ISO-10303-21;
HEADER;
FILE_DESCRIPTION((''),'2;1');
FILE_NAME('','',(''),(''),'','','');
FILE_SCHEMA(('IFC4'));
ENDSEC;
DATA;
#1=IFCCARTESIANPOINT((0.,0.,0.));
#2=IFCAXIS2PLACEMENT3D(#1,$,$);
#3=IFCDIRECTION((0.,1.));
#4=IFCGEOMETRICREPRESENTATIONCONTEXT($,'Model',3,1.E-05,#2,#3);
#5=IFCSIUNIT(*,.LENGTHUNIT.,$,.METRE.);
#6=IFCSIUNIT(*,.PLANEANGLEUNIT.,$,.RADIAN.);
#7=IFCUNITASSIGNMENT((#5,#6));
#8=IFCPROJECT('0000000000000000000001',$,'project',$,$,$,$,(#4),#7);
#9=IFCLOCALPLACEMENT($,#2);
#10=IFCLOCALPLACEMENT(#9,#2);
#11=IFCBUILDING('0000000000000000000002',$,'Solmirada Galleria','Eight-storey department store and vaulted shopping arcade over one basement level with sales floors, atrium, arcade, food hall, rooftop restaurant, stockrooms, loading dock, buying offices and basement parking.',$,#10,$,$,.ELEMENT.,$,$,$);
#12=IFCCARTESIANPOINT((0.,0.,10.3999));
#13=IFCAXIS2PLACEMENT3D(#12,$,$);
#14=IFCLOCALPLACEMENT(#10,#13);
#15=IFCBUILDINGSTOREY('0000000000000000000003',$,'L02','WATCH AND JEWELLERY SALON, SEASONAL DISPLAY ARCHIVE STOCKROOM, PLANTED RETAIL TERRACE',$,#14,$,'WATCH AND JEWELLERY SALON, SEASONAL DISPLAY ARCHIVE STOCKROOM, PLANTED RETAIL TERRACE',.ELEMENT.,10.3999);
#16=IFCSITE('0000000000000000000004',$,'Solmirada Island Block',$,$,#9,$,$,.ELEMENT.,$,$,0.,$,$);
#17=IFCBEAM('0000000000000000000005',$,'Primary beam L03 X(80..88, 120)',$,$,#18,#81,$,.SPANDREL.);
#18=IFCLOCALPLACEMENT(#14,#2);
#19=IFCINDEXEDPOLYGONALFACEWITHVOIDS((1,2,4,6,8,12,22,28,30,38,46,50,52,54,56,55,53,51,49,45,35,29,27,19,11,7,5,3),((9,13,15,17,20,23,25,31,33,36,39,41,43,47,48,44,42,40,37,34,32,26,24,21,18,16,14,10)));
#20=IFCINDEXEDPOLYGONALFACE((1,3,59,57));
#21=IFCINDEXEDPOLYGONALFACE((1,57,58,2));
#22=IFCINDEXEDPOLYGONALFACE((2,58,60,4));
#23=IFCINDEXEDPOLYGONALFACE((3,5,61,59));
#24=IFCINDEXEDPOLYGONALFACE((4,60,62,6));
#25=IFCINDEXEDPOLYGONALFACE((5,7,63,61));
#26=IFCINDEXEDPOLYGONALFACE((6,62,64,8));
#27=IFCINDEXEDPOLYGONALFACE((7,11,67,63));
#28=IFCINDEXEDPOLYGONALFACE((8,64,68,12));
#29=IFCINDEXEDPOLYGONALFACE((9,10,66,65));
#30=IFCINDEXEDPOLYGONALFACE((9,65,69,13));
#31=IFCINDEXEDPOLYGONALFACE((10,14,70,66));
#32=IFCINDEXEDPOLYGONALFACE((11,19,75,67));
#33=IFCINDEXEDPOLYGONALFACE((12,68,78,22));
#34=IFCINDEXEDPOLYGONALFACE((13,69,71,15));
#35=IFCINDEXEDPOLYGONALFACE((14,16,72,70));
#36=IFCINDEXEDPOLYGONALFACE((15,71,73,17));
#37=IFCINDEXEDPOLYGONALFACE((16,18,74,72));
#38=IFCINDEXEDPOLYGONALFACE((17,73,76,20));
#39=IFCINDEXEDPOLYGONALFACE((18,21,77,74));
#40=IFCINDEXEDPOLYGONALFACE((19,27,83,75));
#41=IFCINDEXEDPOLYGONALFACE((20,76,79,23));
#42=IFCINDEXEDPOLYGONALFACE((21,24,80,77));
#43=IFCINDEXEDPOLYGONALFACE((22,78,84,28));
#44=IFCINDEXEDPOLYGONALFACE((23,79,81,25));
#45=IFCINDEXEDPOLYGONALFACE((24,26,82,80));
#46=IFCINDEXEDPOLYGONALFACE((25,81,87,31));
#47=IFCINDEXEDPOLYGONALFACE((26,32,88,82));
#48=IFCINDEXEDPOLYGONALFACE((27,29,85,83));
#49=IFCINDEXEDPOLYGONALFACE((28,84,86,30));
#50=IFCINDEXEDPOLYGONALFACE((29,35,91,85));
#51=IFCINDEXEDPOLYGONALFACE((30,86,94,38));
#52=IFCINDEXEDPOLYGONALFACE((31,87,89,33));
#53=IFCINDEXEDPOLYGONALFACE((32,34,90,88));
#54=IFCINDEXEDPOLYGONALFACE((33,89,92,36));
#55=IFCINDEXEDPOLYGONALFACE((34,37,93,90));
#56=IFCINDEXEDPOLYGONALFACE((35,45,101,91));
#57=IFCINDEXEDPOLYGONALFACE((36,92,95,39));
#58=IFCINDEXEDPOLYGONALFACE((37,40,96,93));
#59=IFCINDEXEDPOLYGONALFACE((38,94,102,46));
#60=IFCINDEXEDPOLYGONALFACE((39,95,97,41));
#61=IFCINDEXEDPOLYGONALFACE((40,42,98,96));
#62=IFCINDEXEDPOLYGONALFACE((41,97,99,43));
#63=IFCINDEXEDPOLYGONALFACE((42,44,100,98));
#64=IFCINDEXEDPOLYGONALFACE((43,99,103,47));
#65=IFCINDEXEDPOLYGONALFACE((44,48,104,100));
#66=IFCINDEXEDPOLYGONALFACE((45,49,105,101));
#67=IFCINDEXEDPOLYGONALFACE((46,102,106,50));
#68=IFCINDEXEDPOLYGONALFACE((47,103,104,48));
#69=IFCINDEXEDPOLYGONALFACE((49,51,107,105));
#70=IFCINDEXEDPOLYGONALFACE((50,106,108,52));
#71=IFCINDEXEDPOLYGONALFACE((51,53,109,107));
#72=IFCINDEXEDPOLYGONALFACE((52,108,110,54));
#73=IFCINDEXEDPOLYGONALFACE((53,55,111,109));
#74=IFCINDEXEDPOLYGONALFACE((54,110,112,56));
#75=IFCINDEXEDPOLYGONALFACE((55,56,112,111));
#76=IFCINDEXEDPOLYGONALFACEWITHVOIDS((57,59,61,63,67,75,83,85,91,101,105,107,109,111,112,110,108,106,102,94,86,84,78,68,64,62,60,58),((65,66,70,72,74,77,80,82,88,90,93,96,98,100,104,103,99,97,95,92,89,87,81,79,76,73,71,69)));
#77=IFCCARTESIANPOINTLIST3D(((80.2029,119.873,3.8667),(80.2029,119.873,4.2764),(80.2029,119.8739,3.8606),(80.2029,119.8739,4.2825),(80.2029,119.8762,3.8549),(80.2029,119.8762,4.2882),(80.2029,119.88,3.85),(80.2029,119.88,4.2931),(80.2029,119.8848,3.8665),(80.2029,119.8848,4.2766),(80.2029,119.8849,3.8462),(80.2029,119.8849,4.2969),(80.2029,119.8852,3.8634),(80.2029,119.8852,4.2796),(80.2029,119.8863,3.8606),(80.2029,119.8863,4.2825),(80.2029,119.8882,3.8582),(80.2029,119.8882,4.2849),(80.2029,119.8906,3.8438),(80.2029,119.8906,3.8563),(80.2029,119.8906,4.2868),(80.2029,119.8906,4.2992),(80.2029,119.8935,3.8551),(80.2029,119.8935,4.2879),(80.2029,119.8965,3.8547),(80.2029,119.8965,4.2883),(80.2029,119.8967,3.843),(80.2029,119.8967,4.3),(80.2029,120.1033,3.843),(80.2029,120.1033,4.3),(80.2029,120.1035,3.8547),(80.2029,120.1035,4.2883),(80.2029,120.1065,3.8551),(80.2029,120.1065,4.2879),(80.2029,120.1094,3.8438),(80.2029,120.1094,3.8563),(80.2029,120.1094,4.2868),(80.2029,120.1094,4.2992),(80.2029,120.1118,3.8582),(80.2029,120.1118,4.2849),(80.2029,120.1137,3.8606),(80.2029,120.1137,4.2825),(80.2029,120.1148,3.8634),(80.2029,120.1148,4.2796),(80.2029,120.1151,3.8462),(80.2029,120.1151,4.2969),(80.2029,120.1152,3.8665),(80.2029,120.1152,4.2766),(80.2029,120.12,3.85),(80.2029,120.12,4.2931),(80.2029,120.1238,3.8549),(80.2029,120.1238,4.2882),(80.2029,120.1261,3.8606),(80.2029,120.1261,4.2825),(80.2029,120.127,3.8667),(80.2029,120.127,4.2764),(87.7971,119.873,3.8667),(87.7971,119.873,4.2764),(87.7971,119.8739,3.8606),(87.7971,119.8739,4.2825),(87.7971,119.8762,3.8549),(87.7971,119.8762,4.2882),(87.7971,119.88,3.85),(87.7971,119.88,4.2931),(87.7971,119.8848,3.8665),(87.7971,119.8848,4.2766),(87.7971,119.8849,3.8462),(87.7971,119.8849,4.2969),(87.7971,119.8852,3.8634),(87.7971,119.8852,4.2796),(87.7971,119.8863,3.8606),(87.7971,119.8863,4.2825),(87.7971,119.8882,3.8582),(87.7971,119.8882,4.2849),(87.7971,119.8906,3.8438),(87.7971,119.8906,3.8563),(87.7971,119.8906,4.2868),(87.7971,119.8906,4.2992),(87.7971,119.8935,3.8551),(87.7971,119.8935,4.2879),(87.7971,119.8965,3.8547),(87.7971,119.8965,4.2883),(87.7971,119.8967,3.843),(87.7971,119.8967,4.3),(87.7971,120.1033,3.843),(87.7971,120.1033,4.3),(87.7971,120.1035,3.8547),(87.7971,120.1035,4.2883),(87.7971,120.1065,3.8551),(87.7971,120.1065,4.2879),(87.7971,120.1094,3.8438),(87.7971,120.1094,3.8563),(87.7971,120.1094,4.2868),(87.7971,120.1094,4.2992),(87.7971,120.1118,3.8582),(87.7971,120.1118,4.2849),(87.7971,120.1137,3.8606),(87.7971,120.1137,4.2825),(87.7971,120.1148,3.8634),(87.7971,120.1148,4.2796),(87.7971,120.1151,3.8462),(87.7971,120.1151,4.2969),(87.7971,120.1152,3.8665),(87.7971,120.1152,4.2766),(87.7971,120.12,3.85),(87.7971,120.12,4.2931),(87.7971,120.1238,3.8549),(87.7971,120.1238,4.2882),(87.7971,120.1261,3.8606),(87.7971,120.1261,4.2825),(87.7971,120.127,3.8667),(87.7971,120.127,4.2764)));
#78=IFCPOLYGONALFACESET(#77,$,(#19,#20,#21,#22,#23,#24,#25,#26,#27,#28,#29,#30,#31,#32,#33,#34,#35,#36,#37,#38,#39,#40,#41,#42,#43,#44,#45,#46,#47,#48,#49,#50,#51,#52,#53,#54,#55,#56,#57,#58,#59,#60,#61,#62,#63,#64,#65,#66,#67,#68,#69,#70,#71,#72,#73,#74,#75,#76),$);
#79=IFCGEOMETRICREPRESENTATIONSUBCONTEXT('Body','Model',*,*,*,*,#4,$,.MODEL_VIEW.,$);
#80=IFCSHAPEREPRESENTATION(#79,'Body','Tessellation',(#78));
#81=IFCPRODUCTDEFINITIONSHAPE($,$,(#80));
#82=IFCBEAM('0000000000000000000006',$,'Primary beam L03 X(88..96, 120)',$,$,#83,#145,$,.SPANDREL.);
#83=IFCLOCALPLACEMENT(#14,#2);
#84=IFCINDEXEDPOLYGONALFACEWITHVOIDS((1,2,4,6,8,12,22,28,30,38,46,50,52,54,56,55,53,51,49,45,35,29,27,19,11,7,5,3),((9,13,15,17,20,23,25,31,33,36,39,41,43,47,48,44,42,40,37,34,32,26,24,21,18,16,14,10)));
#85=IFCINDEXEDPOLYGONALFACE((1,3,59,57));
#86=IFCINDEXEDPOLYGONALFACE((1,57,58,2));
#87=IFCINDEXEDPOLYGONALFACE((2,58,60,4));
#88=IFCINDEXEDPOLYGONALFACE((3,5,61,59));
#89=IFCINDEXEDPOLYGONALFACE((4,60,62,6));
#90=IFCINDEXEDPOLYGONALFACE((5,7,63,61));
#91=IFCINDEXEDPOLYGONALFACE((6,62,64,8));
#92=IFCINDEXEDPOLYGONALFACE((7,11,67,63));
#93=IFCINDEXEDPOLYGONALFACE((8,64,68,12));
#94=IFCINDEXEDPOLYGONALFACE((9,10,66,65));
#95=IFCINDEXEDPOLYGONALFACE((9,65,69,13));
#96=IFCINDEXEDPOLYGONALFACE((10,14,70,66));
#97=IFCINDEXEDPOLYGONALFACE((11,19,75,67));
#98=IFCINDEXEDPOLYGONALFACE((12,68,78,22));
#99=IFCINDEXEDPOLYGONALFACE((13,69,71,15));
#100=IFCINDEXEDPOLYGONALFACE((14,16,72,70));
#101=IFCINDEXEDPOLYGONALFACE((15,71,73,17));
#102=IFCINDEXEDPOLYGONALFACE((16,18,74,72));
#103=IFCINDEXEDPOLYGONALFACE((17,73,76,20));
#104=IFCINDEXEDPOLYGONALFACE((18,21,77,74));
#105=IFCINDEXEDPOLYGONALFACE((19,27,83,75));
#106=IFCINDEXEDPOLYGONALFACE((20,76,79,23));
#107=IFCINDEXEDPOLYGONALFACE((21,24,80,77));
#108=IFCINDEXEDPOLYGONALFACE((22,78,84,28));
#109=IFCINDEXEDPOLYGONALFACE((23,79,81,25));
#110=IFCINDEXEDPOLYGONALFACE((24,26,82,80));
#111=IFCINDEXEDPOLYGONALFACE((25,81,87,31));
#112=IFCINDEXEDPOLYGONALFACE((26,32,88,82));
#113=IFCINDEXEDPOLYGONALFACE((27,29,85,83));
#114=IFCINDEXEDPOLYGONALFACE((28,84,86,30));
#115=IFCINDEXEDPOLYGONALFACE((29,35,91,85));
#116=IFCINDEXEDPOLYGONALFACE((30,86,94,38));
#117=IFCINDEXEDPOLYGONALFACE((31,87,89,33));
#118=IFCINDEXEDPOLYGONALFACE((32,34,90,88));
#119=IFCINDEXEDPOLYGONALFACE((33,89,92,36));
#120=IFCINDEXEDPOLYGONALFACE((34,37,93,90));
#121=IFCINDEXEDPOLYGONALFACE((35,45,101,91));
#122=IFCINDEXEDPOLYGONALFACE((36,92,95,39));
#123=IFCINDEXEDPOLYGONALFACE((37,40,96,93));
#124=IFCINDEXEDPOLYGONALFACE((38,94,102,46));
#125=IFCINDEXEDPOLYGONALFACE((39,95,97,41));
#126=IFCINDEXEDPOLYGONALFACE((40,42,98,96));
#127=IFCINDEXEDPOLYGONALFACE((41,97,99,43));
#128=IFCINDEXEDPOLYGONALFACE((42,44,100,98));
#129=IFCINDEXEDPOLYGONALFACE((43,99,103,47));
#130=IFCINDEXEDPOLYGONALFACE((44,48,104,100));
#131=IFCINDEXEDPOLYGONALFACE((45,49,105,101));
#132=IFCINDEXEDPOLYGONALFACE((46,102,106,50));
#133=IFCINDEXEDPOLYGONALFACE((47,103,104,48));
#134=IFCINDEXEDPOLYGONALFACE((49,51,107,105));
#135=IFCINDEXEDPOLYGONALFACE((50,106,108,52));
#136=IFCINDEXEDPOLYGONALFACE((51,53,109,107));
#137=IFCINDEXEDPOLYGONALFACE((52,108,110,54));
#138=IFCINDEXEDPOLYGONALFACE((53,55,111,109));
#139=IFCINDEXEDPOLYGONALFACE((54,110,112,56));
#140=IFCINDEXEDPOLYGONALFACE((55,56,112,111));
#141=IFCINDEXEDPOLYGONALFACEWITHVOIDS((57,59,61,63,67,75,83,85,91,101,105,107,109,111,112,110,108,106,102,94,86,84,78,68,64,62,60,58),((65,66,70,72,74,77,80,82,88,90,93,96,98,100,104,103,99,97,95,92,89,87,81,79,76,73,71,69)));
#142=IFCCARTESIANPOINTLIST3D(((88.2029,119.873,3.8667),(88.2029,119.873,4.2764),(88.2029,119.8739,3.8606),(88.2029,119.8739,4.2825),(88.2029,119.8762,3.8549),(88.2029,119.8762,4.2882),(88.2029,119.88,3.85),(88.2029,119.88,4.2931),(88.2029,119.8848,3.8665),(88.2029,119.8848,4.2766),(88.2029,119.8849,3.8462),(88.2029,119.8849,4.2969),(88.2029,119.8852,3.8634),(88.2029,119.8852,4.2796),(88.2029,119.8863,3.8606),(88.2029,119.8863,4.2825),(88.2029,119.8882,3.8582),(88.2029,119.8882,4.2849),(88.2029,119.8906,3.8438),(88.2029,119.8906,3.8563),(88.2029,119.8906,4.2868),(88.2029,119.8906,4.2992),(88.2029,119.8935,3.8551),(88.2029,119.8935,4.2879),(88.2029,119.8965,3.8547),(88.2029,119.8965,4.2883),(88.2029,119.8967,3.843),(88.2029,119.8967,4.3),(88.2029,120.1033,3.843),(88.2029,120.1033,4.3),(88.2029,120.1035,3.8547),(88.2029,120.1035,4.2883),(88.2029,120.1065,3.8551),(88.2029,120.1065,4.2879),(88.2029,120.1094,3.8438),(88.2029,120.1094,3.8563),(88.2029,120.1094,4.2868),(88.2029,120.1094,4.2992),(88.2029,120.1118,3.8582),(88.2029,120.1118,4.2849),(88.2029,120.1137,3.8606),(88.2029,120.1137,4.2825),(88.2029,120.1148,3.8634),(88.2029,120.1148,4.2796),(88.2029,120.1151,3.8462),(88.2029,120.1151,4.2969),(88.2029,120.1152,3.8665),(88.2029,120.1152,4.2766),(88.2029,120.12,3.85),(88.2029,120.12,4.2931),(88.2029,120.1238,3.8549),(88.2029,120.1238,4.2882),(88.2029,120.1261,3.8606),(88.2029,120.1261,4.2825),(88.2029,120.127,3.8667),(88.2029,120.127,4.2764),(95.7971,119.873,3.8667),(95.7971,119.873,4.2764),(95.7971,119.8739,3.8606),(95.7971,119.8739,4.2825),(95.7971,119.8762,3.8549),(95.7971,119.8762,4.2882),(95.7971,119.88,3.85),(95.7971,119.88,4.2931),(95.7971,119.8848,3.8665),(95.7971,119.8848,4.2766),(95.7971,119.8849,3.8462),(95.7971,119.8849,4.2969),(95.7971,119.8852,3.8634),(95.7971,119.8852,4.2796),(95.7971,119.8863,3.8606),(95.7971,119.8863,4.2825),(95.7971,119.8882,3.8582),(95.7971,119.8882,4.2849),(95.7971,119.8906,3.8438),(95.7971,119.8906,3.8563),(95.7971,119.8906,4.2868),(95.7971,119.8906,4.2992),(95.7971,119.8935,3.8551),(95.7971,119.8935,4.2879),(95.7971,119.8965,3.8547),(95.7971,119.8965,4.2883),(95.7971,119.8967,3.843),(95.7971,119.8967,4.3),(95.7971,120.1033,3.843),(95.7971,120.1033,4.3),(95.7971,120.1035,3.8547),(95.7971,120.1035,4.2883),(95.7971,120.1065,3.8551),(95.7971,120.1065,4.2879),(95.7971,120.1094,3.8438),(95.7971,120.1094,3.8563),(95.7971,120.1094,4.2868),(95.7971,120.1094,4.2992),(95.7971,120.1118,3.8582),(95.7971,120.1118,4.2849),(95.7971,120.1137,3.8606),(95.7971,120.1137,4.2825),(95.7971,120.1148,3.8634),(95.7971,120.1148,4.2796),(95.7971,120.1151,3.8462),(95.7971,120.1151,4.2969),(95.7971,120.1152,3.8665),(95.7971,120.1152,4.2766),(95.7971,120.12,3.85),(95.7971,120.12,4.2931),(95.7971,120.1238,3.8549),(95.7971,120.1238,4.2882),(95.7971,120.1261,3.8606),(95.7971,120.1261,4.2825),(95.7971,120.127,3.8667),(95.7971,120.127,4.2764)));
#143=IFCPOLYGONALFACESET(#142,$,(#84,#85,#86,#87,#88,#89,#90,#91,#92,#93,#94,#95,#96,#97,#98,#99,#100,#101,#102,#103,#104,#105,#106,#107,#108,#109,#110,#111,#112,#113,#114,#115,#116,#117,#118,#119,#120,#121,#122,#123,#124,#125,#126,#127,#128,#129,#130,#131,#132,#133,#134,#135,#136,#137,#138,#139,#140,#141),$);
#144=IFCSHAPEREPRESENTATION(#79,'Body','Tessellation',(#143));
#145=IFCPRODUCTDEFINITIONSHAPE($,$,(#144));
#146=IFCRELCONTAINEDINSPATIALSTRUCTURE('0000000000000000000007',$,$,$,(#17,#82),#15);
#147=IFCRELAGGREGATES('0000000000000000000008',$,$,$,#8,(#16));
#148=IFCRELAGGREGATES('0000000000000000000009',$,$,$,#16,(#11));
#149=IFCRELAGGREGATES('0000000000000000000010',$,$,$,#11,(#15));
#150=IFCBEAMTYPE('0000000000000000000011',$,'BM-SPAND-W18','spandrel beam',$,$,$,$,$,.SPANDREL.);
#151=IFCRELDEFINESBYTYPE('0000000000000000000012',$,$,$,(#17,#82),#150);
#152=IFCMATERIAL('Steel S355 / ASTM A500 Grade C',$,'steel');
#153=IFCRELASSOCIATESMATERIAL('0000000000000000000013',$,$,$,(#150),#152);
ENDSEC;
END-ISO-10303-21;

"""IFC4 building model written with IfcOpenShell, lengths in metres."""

from ifc_helpers import new_model, si_unit, direction, frame, origin, origin_2d, place, context, subcontext, project, spatial, hollow_rectangle, extrude, material, material_profile, profile_set, type_object, element, save


model = new_model("IFC4")

# Units and contexts
model_context = context("Model", 3, precision=1e-05, world=origin(), true_north=direction((0.0, 1.0)))
body_context = subcontext(model_context, "Body", "Model", "MODEL_VIEW")
ifc_project = project(units=[si_unit("LENGTHUNIT", "METRE"), si_unit("PLANEANGLEUNIT", "RADIAN")], contexts=[model_context])

# Site, building, storey
site_placement = place(None, origin())
site = spatial("IfcSite", under=ifc_project, at=site_placement, Name="Solmirada Island Block", CompositionType="ELEMENT", RefElevation=0.0)
building_placement = place(site_placement, origin())
building = spatial("IfcBuilding", under=site, at=building_placement, Name="Solmirada Galleria", Description="Eight-storey department store and vaulted shopping arcade over one basement level with sales floors, atrium, arcade, food hall, rooftop restaurant, stockrooms, loading dock, buying offices and basement parking.", CompositionType="ELEMENT")
storey_placement = place(building_placement, frame((0.0, 0.0, 10.3999)))
storey = spatial("IfcBuildingStorey", under=building, at=storey_placement, Name="L02", Description="WATCH AND JEWELLERY SALON, SEASONAL DISPLAY ARCHIVE STOCKROOM, PLANTED RETAIL TERRACE", LongName="WATCH AND JEWELLERY SALON, SEASONAL DISPLAY ARCHIVE STOCKROOM, PLANTED RETAIL TERRACE", CompositionType="ELEMENT", Elevation=10.3999)

# Shared definitions
ifc_material_1 = material(Name="Steel S355 / ASTM A500 Grade C", Category="steel")

# Beams
ifc_material_profile_1 = material_profile(ifc_material_1, hollow_rectangle(XDim=0.2539, YDim=0.457, WallThickness=0.0117, InnerFilletRadius=0.0117, OuterFilletRadius=0.0237, at=origin_2d()), Name="HSS18X10X1/2")
ifc_profile_set_1 = profile_set([ifc_material_profile_1], Name="Steel S355 / ASTM A500 Grade C")
beam_type = type_object("IfcBeamType", Name="BM-SPAND-W18", Description="spandrel beam", PredefinedType="SPANDREL", material=ifc_profile_set_1)
for number, where, z_axis, x_axis, name in (
    (1, (80.2029, 120.0, 4.0715), (1.0, 0.0, 0.0), (0.0, 1.0, 0.0), "Primary beam L03 X(80..88, 120)"),
    (2, (88.2029, 120.0, 4.0715), (1.0, 0.0, 0.0), (0.0, 1.0, 0.0), "Primary beam L03 X(88..96, 120)"),
):
    element("IfcBeam", number, at=place(storey_placement, frame(where, z_axis=z_axis, x_axis=x_axis)), inside=storey, type_object=beam_type, Name=name, PredefinedType="SPANDREL", context=body_context, shape_type="SweptSolid", body=[
        extrude(hollow_rectangle(XDim=0.2539, YDim=0.457, WallThickness=0.0117, InnerFilletRadius=0.0117, OuterFilletRadius=0.0237, at=origin_2d()), origin(), (0.0, 0.0, 1.0), 7.5942),
    ])

save(model, "model.ifc")
